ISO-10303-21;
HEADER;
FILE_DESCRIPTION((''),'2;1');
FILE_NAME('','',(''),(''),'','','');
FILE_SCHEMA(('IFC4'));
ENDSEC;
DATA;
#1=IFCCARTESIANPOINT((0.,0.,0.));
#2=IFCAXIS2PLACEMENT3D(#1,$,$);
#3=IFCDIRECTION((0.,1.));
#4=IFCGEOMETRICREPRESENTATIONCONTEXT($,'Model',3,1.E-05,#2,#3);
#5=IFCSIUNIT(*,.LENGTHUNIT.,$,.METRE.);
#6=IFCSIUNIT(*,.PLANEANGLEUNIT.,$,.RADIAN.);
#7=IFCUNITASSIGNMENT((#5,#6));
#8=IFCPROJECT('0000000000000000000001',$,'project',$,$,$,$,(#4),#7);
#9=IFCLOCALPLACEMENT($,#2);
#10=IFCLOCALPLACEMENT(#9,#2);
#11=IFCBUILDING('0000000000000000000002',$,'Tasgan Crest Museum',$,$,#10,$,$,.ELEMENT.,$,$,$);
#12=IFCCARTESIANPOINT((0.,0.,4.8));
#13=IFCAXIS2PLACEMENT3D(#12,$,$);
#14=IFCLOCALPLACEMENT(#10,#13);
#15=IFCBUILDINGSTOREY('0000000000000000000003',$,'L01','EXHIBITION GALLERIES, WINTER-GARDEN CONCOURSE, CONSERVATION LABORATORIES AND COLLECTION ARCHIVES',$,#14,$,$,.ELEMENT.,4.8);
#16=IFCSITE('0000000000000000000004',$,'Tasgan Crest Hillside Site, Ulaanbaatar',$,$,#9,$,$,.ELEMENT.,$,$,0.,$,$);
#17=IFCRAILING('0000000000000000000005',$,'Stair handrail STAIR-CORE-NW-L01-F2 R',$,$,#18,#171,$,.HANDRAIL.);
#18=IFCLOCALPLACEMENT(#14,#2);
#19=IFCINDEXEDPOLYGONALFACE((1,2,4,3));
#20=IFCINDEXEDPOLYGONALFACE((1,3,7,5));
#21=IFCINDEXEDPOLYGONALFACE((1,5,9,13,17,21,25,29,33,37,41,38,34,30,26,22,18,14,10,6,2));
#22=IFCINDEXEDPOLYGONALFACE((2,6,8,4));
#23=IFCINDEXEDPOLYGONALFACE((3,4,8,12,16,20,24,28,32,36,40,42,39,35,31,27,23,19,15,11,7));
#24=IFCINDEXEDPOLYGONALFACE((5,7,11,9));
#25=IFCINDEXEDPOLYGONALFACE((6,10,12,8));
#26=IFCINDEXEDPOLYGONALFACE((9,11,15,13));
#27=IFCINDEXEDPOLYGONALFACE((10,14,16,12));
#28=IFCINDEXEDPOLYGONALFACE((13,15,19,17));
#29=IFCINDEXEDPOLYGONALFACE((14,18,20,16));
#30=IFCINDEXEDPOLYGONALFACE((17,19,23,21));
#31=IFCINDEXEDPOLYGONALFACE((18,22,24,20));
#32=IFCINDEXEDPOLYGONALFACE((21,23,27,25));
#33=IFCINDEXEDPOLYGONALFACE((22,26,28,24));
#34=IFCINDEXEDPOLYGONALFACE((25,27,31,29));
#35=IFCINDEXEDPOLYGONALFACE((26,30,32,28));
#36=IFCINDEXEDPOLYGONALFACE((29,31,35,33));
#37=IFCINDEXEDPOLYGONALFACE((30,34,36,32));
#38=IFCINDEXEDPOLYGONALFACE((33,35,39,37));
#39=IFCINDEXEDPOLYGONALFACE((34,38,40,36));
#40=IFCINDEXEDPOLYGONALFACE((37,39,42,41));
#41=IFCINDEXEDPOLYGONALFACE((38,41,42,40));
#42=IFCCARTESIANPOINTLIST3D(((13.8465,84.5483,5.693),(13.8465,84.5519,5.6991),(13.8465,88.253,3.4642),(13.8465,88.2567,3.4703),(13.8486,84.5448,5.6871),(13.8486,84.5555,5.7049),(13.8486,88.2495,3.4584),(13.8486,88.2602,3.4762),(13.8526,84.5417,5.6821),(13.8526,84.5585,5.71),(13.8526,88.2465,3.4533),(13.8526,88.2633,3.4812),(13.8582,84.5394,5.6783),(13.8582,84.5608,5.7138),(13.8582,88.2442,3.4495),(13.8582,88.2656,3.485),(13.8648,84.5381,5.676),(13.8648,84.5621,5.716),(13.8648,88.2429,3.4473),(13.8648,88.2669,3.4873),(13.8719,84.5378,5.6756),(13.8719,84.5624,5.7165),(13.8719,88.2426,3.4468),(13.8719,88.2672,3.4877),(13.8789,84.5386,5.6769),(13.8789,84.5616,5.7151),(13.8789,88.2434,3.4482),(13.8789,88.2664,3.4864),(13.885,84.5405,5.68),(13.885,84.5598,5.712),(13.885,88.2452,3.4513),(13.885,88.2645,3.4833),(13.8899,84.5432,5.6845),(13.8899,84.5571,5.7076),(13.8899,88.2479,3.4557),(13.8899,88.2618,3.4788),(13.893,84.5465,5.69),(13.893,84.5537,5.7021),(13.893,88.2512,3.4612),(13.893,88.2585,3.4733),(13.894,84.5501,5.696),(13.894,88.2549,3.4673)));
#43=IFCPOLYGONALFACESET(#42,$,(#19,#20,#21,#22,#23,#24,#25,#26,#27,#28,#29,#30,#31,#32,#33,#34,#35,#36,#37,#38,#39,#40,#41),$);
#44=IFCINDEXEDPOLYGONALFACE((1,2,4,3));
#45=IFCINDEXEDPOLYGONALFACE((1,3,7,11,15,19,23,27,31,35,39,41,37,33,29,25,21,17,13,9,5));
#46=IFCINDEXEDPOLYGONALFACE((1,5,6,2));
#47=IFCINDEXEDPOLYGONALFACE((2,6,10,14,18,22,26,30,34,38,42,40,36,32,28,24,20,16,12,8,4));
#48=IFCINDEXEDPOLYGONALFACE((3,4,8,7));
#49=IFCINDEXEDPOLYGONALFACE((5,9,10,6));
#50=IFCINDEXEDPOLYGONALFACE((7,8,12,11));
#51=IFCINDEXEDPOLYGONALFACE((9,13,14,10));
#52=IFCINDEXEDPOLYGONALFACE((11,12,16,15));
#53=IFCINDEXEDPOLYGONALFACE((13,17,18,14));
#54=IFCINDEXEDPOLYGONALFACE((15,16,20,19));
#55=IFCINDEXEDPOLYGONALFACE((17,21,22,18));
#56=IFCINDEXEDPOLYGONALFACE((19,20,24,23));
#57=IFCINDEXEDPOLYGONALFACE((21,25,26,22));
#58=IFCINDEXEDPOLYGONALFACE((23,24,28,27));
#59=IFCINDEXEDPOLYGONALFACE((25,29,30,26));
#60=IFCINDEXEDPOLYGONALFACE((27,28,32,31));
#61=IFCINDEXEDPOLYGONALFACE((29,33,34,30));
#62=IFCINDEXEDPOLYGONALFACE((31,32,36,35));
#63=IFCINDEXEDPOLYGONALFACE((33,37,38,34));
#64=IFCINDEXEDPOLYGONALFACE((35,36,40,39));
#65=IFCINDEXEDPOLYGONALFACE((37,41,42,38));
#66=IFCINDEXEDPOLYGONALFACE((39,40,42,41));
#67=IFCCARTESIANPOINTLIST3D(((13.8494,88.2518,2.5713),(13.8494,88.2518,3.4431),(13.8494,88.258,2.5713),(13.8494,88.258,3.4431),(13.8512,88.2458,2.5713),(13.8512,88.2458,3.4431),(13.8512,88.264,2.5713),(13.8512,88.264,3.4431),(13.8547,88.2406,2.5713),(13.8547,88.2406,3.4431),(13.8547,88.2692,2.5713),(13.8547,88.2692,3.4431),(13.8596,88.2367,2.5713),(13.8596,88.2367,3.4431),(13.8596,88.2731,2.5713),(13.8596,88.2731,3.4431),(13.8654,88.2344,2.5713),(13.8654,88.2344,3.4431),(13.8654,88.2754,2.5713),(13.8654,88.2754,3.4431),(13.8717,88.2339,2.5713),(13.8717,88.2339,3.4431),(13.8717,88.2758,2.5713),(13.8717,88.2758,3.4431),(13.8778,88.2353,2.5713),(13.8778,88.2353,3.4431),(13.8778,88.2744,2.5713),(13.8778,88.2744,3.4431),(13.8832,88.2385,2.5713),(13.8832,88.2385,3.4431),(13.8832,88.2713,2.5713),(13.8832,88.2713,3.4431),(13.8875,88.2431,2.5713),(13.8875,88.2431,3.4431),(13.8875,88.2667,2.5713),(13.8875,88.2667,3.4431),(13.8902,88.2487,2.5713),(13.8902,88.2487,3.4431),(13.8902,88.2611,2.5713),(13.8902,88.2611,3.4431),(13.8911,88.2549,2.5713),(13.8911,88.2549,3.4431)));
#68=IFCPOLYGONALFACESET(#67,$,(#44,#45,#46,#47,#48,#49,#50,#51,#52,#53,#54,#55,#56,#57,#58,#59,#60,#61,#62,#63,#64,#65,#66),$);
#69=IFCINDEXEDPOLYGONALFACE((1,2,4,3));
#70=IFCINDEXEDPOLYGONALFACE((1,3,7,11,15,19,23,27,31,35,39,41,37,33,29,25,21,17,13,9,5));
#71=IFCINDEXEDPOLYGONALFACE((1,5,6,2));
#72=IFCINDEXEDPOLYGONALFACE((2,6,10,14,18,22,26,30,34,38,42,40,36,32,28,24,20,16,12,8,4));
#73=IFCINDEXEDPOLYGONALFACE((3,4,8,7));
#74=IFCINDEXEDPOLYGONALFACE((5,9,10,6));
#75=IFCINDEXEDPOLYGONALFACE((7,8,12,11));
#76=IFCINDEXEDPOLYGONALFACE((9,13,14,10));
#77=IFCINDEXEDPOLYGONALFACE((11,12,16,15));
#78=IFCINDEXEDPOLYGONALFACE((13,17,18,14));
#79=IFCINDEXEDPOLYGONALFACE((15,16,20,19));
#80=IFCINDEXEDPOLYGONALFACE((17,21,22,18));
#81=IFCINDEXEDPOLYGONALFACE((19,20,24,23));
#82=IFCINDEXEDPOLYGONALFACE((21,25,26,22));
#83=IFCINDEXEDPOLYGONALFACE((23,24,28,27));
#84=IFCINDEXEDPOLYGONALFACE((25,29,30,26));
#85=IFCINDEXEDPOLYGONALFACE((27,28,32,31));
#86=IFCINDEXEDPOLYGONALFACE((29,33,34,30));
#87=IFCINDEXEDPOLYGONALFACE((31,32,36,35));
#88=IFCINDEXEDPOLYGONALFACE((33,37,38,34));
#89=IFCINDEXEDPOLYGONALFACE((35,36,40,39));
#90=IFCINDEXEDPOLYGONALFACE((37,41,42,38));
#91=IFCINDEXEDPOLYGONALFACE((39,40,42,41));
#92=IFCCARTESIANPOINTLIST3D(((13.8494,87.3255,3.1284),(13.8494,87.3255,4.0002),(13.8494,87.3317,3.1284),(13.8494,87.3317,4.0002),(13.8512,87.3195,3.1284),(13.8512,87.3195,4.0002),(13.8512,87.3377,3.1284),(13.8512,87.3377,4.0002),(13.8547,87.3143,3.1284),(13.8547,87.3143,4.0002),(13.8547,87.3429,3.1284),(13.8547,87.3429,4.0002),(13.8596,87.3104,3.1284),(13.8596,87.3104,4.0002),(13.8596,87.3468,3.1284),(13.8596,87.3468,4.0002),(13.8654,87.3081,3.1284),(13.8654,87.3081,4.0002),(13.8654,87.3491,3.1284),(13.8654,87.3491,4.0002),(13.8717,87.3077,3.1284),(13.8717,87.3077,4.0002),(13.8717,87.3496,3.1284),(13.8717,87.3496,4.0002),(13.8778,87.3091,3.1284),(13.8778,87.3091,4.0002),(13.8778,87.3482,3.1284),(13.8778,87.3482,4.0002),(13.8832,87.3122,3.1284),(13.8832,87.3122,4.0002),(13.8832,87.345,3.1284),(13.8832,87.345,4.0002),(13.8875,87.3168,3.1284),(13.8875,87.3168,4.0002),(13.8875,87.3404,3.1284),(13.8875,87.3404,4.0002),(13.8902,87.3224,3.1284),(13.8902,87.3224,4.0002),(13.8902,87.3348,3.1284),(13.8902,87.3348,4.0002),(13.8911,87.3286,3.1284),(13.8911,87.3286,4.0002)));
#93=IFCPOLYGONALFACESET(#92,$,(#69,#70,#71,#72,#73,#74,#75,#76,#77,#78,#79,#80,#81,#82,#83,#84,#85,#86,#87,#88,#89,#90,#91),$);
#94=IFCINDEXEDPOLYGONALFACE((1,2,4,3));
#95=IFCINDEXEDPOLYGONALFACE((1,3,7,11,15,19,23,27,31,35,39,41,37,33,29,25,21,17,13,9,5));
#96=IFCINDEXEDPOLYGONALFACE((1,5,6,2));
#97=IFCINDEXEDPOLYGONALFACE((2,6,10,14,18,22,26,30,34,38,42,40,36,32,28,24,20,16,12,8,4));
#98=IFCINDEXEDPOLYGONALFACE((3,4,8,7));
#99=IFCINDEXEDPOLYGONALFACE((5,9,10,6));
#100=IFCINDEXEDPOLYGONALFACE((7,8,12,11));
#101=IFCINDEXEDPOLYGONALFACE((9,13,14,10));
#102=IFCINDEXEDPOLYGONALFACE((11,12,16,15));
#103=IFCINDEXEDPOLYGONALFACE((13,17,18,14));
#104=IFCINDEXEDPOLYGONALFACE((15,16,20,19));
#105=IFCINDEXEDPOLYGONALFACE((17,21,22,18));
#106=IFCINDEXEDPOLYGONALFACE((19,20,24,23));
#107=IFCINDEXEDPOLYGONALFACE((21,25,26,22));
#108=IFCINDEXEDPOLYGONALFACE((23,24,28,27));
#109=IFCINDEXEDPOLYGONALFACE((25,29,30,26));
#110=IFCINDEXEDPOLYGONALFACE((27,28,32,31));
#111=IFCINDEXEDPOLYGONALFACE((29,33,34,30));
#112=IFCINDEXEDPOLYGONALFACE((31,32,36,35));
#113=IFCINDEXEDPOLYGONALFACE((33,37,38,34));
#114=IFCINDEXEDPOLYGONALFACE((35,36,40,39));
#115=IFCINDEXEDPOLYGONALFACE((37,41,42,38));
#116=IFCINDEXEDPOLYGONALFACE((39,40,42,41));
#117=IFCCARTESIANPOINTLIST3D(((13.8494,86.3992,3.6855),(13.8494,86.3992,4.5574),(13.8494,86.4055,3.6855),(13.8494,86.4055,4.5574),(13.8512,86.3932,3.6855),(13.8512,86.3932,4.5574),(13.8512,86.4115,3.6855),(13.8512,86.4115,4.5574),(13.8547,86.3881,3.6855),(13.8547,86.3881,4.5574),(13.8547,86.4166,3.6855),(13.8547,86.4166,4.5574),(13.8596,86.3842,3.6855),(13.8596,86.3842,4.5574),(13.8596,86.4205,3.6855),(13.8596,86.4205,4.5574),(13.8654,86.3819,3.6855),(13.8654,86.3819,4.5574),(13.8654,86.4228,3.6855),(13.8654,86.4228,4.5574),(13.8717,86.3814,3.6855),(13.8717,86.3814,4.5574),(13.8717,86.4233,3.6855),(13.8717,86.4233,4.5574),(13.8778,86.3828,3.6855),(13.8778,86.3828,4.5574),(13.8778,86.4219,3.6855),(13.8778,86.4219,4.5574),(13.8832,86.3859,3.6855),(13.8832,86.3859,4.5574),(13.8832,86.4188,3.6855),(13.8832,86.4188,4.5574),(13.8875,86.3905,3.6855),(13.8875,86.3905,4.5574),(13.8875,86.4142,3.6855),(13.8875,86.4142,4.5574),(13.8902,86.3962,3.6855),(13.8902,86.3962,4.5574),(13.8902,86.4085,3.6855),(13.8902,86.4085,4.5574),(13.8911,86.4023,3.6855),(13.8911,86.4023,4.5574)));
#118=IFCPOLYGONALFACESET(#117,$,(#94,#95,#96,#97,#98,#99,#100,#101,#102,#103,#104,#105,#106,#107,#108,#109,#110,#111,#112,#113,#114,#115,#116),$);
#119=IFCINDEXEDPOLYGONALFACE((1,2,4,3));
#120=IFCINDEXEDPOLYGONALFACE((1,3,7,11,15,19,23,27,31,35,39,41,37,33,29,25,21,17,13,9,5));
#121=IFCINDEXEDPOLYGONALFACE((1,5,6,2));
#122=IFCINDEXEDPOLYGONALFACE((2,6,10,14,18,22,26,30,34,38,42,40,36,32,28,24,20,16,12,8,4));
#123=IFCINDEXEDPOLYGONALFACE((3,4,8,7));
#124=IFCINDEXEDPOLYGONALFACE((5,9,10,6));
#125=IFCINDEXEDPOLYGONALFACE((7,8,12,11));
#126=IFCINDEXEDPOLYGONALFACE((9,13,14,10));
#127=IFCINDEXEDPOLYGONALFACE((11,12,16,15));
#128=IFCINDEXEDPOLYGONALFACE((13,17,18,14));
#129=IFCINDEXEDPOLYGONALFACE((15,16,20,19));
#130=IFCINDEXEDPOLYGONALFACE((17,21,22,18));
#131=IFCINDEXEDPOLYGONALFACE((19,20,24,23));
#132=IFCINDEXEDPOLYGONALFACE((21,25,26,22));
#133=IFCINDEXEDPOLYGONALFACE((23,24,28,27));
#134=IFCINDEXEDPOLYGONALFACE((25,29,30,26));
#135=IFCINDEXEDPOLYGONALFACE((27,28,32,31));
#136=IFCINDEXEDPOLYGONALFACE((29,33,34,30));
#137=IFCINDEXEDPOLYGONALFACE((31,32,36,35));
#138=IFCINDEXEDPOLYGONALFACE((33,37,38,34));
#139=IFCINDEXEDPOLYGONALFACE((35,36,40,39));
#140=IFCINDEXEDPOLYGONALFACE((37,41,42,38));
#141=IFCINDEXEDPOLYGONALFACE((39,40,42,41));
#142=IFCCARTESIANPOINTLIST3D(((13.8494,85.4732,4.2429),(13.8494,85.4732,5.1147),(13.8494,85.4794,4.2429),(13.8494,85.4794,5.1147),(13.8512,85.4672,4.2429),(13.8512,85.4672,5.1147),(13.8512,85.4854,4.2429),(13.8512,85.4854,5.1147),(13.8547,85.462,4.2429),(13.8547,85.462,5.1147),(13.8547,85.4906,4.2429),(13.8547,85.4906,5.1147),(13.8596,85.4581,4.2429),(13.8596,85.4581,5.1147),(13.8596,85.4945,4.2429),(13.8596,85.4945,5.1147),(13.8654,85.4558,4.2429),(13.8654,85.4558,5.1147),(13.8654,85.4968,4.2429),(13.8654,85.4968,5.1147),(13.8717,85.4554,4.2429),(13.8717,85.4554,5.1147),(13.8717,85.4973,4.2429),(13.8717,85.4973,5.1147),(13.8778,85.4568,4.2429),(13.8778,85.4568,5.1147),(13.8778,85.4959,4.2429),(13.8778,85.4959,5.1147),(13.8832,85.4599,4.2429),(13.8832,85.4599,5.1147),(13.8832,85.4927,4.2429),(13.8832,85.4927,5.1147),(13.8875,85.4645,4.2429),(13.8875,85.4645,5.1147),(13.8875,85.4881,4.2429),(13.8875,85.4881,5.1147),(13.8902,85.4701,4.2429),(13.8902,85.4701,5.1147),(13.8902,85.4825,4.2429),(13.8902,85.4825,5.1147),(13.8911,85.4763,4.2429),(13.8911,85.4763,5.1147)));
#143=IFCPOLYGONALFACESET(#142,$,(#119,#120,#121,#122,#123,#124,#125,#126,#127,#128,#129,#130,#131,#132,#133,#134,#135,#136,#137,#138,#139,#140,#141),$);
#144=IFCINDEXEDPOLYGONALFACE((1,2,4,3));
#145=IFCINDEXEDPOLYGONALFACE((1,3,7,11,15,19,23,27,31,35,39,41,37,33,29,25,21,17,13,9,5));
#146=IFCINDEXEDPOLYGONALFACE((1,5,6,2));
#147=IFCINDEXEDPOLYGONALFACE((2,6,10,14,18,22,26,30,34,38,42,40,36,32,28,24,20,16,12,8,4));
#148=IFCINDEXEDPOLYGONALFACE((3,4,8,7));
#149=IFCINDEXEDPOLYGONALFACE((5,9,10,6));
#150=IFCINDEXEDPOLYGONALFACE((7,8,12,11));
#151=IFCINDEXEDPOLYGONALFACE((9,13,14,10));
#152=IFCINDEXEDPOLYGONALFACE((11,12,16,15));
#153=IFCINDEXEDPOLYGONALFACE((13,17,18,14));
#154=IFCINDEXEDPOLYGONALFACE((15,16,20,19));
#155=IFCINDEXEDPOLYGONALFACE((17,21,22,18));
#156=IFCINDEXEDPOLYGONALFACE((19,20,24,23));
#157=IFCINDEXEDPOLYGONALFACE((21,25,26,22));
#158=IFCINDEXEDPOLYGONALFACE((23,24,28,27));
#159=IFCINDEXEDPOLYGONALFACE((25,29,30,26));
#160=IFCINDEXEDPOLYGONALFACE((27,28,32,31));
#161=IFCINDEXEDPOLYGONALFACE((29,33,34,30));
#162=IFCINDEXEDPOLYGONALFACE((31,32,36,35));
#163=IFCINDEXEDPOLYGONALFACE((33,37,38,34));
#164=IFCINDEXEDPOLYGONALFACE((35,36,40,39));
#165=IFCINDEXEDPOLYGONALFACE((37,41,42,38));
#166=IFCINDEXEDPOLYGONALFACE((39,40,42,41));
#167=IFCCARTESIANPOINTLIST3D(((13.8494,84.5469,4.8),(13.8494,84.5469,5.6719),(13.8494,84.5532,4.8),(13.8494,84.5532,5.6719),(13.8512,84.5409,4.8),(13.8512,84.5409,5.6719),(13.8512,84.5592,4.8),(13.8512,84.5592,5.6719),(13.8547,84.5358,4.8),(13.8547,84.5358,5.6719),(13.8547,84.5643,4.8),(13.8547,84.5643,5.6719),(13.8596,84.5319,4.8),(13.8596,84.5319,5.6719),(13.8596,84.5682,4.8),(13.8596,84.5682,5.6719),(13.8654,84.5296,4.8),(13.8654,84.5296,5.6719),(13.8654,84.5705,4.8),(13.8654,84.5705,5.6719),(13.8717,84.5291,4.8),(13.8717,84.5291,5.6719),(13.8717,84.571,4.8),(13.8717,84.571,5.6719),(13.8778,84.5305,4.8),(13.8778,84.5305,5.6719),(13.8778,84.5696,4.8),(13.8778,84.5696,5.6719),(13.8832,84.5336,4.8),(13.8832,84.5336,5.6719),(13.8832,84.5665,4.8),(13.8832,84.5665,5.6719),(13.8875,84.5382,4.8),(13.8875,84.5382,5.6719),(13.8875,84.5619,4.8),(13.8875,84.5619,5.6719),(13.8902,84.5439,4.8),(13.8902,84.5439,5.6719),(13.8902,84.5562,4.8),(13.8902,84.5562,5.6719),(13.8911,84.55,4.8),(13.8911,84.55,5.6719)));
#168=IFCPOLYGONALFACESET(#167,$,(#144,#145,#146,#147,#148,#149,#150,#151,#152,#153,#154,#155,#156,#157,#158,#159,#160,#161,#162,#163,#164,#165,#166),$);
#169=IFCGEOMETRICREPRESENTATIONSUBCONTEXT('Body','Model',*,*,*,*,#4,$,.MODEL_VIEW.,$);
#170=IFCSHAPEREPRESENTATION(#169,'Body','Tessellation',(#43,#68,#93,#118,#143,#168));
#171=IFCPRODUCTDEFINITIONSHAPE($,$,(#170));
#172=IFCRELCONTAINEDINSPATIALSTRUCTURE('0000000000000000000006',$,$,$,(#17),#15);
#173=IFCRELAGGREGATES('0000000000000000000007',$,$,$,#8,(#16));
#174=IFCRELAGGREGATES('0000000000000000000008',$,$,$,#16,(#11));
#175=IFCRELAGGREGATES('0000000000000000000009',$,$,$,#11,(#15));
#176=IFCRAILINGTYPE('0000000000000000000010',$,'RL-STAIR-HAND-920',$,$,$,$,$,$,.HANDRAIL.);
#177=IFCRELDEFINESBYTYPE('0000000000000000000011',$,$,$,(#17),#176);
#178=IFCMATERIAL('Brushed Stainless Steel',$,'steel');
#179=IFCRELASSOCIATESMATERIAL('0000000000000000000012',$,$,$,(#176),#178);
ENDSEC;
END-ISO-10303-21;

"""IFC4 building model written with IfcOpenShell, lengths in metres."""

from ifc_helpers import new_model, si_unit, direction, frame, origin, origin_2d, place, context, subcontext, project, spatial, circle, extrude, material, type_object, element, save


model = new_model("IFC4")

# Units and contexts
model_context = context("Model", 3, precision=1e-05, world=origin(), true_north=direction((0.0, 1.0)))
body_context = subcontext(model_context, "Body", "Model", "MODEL_VIEW")
ifc_project = project(units=[si_unit("LENGTHUNIT", "METRE"), si_unit("PLANEANGLEUNIT", "RADIAN")], contexts=[model_context])

# Site, building, storey
site_placement = place(None, origin())
site = spatial("IfcSite", under=ifc_project, at=site_placement, Name="Tasgan Crest Hillside Site, Ulaanbaatar", CompositionType="ELEMENT", RefElevation=0.0)
building_placement = place(site_placement, origin())
building = spatial("IfcBuilding", under=site, at=building_placement, Name="Tasgan Crest Museum", CompositionType="ELEMENT")
storey_placement = place(building_placement, frame((0.0, 0.0, 4.8)))
storey = spatial("IfcBuildingStorey", under=building, at=storey_placement, Name="L01", Description="EXHIBITION GALLERIES, WINTER-GARDEN CONCOURSE, CONSERVATION LABORATORIES AND COLLECTION ARCHIVES", CompositionType="ELEMENT", Elevation=4.8)

# Railing
ifc_material_1 = material(Name="Brushed Stainless Steel", Category="steel")
railing_type_1 = type_object("IfcRailingType", Name="RL-STAIR-HAND-920", PredefinedType="HANDRAIL", material=ifc_material_1)
for number, where, name in (
    (1, (13.8701, 88.2549, 2.5713), "Stair handrail STAIR-CORE-NW-L01-F2 R"),
):
    element("IfcRailing", number, at=place(storey_placement, frame(where)), inside=storey, type_object=railing_type_1, Name=name, PredefinedType="HANDRAIL", context=body_context, shape_type="SweptSolid", body=[
        extrude(circle(Radius=0.0239, at=origin_2d()), frame((0.0, 0.0, 0.896), z_axis=(0.0, -0.856894, 0.515492), x_axis=(1.0, 0.0, 0.0)), (0.0, 0.0, 1.0), 4.3235),
        extrude(circle(Radius=0.021, at=origin_2d()), origin(), (0.0, 0.0, 1.0), 0.8718),
        extrude(circle(Radius=0.021, at=origin_2d()), frame((0.0, -0.9263, 0.5571)), (0.0, 0.0, 1.0), 0.8718),
        extrude(circle(Radius=0.021, at=origin_2d()), frame((0.0, -1.8525, 1.1143)), (0.0, 0.0, 1.0), 0.8718),
        extrude(circle(Radius=0.021, at=origin_2d()), frame((0.0, -2.7786, 1.6716)), (0.0, 0.0, 1.0), 0.8718),
        extrude(circle(Radius=0.021, at=origin_2d()), frame((0.0, -3.7048, 2.2288)), (0.0, 0.0, 1.0), 0.8718),
    ])

save(model, "model.ifc")
